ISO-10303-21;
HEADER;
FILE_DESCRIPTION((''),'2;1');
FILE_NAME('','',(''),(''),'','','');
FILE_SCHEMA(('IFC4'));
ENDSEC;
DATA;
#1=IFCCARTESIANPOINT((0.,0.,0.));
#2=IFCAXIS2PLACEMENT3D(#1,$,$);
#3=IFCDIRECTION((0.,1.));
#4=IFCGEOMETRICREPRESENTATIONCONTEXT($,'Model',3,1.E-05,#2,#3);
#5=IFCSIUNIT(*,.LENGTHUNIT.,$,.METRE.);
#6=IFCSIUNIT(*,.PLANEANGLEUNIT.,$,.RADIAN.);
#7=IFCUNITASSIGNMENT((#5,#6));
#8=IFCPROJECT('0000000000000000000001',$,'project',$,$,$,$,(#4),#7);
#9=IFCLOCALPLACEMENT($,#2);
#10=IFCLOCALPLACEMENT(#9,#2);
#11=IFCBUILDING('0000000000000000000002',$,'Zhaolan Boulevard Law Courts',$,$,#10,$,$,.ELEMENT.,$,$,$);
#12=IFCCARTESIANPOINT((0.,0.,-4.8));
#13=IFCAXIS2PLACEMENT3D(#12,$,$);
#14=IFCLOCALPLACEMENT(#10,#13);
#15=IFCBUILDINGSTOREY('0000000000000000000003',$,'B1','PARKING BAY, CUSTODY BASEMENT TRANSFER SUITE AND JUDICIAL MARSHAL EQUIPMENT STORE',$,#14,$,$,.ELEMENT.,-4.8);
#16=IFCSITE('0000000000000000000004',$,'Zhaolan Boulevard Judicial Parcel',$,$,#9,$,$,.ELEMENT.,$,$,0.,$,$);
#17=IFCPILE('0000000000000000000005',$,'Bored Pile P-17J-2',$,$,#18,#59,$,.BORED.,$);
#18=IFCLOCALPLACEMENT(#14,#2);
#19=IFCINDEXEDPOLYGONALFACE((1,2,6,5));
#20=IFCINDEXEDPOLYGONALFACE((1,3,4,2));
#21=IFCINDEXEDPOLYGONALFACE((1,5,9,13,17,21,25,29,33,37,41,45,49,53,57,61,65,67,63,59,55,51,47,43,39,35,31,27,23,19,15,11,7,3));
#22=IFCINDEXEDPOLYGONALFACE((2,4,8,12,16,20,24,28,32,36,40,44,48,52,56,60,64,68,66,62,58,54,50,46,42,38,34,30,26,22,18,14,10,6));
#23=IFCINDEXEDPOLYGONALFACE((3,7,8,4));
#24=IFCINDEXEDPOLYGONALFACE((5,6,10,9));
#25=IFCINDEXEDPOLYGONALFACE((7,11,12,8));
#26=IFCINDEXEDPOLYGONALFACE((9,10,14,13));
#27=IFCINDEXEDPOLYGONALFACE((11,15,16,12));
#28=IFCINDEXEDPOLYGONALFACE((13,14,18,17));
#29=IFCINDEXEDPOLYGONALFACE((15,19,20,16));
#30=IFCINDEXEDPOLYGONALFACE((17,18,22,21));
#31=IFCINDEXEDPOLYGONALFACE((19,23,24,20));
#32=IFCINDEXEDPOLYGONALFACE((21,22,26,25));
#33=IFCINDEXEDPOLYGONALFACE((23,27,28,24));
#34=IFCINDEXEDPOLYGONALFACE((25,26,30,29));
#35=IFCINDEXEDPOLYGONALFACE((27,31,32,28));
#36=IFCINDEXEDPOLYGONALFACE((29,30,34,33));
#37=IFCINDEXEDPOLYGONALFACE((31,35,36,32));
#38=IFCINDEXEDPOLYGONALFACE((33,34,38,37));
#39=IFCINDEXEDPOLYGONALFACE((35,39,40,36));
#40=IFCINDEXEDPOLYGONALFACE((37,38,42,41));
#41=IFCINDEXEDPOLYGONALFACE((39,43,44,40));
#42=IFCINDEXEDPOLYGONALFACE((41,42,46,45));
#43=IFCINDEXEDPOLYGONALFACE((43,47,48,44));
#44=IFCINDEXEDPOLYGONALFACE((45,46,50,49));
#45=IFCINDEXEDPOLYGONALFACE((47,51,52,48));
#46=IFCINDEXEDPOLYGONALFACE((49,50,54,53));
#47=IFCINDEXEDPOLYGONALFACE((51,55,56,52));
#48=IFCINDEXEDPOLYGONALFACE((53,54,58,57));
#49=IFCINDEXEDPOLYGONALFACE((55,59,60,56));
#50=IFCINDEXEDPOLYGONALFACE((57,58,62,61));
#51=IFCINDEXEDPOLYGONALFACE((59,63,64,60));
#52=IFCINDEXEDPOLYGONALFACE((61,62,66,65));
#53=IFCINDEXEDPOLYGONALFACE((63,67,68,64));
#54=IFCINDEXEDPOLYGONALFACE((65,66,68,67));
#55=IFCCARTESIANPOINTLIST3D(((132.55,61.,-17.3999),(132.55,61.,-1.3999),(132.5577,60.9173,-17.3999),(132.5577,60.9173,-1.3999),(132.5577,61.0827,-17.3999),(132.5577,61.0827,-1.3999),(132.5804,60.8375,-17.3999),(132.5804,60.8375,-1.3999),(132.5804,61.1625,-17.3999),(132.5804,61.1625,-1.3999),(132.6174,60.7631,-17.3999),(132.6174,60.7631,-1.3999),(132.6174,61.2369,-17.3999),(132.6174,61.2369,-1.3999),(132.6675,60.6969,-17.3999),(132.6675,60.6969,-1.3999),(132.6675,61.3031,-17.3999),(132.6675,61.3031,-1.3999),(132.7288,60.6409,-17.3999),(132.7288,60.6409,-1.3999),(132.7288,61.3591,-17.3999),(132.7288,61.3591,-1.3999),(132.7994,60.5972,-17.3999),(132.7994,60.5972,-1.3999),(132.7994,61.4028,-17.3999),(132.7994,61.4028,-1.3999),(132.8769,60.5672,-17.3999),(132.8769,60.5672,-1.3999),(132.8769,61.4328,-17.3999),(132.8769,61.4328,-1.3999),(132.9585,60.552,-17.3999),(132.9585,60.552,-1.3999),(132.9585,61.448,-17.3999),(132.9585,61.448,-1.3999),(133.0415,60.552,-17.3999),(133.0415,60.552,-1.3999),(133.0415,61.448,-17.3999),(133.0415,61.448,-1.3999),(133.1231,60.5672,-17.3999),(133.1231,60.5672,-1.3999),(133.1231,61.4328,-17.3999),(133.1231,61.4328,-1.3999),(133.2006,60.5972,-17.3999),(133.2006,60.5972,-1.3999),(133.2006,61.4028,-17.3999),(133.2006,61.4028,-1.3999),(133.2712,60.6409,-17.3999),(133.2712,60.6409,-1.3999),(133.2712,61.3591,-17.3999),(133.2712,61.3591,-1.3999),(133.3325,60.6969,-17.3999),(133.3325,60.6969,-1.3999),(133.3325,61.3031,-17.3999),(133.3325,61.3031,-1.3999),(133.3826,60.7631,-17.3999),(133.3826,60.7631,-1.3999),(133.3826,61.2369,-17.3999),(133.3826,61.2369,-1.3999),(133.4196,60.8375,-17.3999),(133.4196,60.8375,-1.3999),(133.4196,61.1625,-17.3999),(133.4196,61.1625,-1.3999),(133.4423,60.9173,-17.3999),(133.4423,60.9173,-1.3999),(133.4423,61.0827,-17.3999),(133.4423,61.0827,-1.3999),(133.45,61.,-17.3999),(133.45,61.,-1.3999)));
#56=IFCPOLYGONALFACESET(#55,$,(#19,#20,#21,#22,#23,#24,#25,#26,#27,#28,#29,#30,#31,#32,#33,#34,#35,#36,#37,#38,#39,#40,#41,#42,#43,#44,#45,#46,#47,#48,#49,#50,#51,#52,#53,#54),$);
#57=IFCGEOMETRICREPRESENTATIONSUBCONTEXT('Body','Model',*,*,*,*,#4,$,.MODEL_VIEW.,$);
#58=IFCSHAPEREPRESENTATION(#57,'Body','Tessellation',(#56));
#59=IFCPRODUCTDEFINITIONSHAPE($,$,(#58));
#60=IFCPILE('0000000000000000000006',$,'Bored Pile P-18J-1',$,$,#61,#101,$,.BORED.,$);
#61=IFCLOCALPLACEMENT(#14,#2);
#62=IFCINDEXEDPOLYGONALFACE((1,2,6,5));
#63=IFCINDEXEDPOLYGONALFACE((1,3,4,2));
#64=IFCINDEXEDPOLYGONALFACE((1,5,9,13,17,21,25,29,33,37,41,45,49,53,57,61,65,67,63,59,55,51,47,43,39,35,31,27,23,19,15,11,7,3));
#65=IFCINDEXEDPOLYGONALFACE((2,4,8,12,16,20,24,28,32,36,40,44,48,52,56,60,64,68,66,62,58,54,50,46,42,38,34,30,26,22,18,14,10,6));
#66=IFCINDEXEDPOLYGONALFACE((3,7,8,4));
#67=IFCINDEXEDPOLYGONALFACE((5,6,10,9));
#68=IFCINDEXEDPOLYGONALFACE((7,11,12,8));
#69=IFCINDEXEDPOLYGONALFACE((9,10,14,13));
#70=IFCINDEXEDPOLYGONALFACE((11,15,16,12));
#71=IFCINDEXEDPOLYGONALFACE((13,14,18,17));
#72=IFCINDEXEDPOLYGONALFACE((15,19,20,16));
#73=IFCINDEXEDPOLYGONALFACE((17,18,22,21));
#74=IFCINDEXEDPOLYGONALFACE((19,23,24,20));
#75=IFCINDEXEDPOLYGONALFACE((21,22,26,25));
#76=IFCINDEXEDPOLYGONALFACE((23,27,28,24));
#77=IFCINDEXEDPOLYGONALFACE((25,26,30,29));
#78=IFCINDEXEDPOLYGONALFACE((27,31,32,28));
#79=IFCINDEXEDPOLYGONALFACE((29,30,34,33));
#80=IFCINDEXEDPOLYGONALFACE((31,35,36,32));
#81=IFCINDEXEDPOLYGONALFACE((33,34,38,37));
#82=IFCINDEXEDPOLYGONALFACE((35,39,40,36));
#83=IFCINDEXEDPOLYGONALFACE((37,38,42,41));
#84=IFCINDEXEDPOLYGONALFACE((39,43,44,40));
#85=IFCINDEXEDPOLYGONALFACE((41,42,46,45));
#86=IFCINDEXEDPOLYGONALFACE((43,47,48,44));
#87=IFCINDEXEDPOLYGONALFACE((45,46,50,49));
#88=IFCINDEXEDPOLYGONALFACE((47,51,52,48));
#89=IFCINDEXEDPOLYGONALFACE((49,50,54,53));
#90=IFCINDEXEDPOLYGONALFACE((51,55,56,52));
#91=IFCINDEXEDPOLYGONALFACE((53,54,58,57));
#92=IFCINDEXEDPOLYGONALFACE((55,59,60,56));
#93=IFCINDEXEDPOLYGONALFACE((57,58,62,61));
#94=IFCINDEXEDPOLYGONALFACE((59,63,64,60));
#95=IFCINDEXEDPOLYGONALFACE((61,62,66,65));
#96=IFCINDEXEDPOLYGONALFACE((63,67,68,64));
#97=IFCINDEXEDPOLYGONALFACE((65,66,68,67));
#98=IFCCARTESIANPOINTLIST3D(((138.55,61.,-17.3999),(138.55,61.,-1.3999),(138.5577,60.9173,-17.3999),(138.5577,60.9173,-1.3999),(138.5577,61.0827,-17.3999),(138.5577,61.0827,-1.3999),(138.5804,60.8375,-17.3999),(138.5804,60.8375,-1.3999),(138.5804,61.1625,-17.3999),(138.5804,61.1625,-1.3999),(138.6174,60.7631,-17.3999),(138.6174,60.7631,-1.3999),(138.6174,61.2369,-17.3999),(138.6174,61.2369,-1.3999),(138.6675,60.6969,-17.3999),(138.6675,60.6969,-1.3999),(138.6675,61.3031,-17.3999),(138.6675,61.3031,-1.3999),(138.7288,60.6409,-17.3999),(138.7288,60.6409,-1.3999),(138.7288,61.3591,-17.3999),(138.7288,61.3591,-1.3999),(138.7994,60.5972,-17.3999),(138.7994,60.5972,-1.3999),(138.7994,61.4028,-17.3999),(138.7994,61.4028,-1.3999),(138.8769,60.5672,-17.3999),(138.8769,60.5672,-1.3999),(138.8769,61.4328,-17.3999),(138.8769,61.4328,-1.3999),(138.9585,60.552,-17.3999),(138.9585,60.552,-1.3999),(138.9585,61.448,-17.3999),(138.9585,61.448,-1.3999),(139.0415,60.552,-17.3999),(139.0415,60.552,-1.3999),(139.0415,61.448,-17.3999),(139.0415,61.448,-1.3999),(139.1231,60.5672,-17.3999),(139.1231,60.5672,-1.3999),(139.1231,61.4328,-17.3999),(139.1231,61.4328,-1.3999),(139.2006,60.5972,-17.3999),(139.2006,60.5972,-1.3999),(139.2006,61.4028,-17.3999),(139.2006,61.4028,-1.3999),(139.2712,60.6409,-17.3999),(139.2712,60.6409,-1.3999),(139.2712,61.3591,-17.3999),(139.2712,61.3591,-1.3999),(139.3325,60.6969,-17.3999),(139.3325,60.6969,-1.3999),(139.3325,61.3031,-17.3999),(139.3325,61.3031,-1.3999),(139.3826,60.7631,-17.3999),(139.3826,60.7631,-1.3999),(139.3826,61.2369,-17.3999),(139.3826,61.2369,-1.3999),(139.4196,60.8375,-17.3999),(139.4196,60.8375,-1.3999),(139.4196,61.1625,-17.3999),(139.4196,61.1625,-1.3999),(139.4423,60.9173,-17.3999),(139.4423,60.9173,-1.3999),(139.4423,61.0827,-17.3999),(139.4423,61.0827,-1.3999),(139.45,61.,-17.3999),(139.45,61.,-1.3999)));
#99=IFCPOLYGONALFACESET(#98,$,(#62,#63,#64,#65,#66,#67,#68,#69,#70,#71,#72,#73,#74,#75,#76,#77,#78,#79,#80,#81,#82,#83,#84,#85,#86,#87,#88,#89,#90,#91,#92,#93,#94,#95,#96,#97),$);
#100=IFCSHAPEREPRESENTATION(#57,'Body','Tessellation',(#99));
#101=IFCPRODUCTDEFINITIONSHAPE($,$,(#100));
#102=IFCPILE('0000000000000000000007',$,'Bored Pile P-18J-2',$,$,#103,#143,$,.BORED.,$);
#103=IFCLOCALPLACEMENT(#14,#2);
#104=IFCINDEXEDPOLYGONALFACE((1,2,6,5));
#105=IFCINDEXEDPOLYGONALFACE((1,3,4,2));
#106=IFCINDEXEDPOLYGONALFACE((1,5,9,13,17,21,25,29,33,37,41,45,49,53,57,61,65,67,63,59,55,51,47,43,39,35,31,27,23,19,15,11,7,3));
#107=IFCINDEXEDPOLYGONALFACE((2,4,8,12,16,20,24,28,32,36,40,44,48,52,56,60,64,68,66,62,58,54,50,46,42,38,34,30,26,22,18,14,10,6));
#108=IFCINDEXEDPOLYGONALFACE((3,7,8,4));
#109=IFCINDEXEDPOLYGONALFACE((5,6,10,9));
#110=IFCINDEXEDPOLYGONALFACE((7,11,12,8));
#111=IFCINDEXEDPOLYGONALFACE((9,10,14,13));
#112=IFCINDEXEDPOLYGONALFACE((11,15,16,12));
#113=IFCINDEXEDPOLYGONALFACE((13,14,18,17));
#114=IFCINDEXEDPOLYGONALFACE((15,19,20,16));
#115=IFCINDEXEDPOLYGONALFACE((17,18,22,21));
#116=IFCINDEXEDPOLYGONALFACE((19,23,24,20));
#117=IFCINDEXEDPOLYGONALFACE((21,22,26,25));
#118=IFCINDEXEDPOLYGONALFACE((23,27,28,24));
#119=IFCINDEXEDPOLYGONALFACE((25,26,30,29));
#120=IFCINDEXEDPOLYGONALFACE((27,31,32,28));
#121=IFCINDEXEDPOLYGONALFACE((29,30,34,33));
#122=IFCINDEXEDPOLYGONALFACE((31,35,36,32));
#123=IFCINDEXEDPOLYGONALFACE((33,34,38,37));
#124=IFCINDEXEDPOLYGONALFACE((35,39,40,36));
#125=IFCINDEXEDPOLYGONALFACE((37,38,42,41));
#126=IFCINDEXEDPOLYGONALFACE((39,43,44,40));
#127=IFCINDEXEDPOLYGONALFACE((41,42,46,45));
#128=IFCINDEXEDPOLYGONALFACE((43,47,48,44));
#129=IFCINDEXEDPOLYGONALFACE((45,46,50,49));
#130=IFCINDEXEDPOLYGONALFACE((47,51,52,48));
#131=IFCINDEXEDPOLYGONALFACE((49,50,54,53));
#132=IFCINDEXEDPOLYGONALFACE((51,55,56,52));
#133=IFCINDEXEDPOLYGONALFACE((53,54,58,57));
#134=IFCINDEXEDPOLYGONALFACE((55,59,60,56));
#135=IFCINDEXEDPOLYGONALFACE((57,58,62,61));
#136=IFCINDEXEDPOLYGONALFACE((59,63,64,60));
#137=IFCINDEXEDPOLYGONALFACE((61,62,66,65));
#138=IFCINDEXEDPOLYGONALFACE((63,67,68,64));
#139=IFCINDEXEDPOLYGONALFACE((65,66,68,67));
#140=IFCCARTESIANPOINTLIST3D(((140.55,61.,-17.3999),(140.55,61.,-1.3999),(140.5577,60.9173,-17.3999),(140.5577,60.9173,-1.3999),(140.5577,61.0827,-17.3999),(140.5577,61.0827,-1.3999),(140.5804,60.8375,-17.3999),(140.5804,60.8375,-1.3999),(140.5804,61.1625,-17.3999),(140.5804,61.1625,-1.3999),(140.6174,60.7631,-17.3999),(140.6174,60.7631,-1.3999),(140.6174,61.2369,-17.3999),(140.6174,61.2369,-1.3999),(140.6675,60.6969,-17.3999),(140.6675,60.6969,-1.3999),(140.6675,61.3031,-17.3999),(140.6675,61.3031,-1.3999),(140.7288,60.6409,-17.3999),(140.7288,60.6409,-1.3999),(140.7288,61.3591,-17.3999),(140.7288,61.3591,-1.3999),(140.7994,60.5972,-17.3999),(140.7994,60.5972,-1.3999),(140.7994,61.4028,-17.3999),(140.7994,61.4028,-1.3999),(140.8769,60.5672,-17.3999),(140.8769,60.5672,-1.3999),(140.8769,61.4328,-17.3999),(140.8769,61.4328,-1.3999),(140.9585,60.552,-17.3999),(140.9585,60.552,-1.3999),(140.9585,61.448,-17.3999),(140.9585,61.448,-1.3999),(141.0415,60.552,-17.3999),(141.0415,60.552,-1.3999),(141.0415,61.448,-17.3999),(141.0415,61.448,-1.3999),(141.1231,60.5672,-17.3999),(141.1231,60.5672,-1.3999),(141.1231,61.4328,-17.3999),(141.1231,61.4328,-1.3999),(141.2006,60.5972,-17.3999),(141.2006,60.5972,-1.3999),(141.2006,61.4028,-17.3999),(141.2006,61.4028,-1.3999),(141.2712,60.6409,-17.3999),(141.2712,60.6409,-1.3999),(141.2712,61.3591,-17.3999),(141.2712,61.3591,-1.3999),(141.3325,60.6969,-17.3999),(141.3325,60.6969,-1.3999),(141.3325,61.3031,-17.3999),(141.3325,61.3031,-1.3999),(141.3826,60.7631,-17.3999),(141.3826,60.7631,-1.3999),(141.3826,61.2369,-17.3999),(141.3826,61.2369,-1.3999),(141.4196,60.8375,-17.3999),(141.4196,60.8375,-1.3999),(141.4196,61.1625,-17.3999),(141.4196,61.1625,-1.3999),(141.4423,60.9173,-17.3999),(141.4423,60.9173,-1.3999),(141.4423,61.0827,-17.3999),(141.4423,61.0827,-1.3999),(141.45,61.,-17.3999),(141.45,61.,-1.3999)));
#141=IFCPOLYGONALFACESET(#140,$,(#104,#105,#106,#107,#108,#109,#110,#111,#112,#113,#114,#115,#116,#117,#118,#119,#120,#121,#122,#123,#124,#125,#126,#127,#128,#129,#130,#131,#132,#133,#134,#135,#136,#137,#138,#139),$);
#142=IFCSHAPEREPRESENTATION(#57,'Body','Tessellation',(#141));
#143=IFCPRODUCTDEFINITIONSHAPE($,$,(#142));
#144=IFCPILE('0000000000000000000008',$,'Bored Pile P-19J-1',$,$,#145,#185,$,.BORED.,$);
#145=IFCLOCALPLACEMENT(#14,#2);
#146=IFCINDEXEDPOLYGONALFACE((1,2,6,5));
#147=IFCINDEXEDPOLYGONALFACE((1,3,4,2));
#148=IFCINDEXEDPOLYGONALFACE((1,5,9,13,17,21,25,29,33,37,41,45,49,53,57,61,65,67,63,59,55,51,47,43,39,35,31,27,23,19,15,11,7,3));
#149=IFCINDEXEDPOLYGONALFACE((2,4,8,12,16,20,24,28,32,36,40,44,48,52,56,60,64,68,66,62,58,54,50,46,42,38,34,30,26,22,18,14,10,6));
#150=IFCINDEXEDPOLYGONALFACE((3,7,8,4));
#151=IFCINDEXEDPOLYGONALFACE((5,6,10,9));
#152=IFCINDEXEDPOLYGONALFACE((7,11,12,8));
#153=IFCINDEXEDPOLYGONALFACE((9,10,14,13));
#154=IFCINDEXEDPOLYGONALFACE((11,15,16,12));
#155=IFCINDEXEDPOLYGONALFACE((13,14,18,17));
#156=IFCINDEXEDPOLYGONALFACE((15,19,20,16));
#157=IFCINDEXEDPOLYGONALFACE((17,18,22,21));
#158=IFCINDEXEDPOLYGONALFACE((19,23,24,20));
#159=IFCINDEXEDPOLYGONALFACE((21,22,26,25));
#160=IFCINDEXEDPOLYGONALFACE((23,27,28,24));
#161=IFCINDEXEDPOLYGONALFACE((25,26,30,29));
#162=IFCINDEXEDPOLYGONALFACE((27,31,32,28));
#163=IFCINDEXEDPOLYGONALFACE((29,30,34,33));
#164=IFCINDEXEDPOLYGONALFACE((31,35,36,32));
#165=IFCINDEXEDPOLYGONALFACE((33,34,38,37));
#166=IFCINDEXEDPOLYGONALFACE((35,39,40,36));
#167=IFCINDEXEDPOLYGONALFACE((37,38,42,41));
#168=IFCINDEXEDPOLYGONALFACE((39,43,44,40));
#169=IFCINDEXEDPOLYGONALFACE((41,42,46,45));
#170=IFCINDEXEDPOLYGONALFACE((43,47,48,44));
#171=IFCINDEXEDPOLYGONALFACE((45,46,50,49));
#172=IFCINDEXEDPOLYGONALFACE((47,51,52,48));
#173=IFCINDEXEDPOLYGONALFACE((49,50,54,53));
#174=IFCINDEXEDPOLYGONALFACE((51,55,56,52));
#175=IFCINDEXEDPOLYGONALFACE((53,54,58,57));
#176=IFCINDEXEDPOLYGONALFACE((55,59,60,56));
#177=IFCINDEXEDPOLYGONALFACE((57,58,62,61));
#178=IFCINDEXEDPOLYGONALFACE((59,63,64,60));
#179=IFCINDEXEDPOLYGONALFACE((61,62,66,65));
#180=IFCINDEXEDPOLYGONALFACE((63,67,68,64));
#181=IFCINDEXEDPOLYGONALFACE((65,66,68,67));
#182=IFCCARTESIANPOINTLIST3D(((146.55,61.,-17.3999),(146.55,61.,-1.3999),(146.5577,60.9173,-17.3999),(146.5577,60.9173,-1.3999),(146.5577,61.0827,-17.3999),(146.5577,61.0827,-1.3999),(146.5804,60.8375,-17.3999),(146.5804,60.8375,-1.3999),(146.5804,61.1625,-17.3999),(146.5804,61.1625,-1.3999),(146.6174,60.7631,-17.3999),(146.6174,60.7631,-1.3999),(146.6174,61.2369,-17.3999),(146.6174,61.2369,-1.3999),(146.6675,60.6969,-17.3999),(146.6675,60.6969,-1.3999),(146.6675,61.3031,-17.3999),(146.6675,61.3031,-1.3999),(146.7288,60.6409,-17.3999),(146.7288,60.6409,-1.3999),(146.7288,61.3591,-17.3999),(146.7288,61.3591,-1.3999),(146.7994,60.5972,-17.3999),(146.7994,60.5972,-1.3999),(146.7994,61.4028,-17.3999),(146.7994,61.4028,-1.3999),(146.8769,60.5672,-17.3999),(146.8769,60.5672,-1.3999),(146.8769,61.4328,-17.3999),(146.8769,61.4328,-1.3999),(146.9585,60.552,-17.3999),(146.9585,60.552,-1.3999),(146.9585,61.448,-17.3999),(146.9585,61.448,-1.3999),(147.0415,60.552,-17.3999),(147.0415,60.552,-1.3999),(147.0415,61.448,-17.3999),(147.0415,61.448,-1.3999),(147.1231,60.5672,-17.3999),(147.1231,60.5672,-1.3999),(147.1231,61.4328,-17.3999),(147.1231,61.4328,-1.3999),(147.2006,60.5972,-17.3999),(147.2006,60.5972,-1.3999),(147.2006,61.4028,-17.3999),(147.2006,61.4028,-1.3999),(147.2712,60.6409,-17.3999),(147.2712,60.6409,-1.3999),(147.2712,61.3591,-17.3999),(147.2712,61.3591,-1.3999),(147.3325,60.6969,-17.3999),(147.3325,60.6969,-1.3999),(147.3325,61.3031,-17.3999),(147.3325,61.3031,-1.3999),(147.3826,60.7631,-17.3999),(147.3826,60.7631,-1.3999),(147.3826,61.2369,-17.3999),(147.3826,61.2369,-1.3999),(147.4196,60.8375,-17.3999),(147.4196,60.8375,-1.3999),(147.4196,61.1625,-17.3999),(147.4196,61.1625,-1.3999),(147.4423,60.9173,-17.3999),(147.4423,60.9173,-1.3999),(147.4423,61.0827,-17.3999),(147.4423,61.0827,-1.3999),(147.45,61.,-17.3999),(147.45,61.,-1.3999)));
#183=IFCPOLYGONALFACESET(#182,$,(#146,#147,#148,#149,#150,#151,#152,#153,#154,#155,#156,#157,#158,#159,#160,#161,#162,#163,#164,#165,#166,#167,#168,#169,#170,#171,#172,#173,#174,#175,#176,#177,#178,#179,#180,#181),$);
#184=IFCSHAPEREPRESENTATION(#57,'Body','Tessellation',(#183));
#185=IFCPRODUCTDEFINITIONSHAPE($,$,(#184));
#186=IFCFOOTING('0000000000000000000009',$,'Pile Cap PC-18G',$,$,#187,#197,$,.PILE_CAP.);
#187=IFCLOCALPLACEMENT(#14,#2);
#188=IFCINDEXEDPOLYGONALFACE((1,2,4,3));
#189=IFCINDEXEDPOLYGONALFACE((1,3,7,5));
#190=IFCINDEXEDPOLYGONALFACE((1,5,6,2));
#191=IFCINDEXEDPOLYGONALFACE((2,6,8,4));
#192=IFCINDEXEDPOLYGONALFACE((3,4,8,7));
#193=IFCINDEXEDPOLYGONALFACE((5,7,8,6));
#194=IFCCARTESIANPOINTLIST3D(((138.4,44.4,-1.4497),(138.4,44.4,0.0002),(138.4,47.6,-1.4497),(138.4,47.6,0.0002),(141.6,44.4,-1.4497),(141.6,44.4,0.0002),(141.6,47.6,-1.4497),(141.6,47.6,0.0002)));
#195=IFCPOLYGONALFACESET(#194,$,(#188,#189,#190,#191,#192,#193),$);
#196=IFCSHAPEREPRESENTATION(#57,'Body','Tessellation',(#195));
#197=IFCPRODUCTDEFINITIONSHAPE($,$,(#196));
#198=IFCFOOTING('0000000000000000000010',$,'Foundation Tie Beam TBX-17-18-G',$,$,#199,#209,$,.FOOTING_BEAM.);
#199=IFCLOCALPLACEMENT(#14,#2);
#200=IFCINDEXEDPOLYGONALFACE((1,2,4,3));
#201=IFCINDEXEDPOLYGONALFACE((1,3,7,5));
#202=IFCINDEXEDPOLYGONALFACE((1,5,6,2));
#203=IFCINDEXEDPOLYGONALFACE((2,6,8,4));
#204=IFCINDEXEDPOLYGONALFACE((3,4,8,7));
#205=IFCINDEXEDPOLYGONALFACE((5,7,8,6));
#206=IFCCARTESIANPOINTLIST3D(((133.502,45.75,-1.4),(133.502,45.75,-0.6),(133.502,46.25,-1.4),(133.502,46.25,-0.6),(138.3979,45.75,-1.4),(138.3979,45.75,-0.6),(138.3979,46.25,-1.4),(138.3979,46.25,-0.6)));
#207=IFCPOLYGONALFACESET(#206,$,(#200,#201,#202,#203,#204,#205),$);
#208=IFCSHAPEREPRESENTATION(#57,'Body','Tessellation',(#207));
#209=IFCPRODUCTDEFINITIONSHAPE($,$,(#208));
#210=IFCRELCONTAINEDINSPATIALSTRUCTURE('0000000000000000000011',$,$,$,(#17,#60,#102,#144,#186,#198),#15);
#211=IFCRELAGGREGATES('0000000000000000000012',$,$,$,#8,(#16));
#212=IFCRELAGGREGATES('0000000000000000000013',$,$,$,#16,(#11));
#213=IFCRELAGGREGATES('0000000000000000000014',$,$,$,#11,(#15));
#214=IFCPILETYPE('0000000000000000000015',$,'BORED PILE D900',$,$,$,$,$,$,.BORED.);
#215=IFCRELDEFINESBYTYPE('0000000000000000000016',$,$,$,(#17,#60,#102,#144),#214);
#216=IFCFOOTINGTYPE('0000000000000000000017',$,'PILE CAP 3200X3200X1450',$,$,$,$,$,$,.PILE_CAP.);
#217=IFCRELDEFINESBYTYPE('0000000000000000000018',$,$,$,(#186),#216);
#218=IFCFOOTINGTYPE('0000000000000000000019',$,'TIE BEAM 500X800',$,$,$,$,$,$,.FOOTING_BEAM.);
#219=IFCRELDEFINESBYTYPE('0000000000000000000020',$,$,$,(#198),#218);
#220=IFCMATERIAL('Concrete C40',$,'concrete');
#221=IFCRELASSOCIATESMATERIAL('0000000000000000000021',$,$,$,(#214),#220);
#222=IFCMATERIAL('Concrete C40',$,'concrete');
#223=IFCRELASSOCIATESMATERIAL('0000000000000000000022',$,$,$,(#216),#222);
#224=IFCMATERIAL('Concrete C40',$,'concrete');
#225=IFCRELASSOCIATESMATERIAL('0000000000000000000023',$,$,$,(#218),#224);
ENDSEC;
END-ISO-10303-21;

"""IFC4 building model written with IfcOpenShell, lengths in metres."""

from ifc_helpers import new_model, si_unit, direction, frame, origin, origin_2d, place, context, subcontext, project, spatial, rectangle, circle, extrude, material, material_profile, profile_set, type_object, element, save


model = new_model("IFC4")

# Units and contexts
model_context = context("Model", 3, precision=1e-05, world=origin(), true_north=direction((0.0, 1.0)))
body_context = subcontext(model_context, "Body", "Model", "MODEL_VIEW")
ifc_project = project(units=[si_unit("LENGTHUNIT", "METRE"), si_unit("PLANEANGLEUNIT", "RADIAN")], contexts=[model_context])

# Site, building, storey
site_placement = place(None, origin())
site = spatial("IfcSite", under=ifc_project, at=site_placement, Name="Zhaolan Boulevard Judicial Parcel", CompositionType="ELEMENT", RefElevation=0.0)
building_placement = place(site_placement, origin())
building = spatial("IfcBuilding", under=site, at=building_placement, Name="Zhaolan Boulevard Law Courts", CompositionType="ELEMENT")
storey_placement = place(building_placement, frame((0.0, 0.0, -4.8)))
storey = spatial("IfcBuildingStorey", under=building, at=storey_placement, Name="B1", Description="PARKING BAY, CUSTODY BASEMENT TRANSFER SUITE AND JUDICIAL MARSHAL EQUIPMENT STORE", CompositionType="ELEMENT", Elevation=-4.8)

# Piles
ifc_material_1 = material(Name="Concrete C40", Category="concrete")
ifc_material_profile_1 = material_profile(ifc_material_1, circle(Radius=0.45, at=origin_2d()), Name="PILE-D900")
ifc_profile_set_1 = profile_set([ifc_material_profile_1], Name="Concrete C40")
pile_type_1 = type_object("IfcPileType", Name="BORED PILE D900", PredefinedType="BORED", material=ifc_profile_set_1)
for number, where, z_axis, x_axis, name in (
    (1, (133.0, 61.0, -1.3999), (0.0, 0.0, -1.0), (1.0, 0.0, 0.0), "Bored Pile P-17J-2"),
    (2, (139.0, 61.0, -1.3999), (0.0, 0.0, -1.0), (1.0, 0.0, 0.0), "Bored Pile P-18J-1"),
    (3, (141.0, 61.0, -1.3999), (0.0, 0.0, -1.0), (1.0, 0.0, 0.0), "Bored Pile P-18J-2"),
    (4, (147.0, 61.0, -1.3999), (0.0, 0.0, -1.0), (1.0, 0.0, 0.0), "Bored Pile P-19J-1"),
):
    element("IfcPile", number, at=place(storey_placement, frame(where, z_axis=z_axis, x_axis=x_axis)), inside=storey, type_object=pile_type_1, Name=name, PredefinedType="BORED", context=body_context, shape_type="SweptSolid", body=[
        extrude(circle(Radius=0.45, at=origin_2d()), origin(), (0.0, 0.0, 1.0), 16.0),
    ])

# Footings
ifc_material_2 = material(Name="Concrete C40", Category="concrete")
footing_type_1 = type_object("IfcFootingType", Name="PILE CAP 3200X3200X1450", PredefinedType="PILE_CAP", material=ifc_material_2)
footing_1_placement = place(storey_placement, frame((140.0, 46.0, -1.4497), z_axis=(0.0, 0.0, 1.0), x_axis=(1.0, 0.0, 0.0)))
element("IfcFooting", 5, at=footing_1_placement, inside=storey, type_object=footing_type_1, Name="Pile Cap PC-18G", PredefinedType="PILE_CAP", context=body_context, shape_type="SweptSolid", body=[
    extrude(rectangle(XDim=3.2, YDim=3.2, at=origin_2d()), origin(), (0.0, 0.0, 1.0), 1.45),
])
ifc_material_3 = material(Name="Concrete C40", Category="concrete")
ifc_material_profile_2 = material_profile(ifc_material_3, rectangle(XDim=0.5, YDim=0.8, at=origin_2d()), Name="RC500x800")
ifc_profile_set_2 = profile_set([ifc_material_profile_2], Name="Concrete C40")
footing_type_2 = type_object("IfcFootingType", Name="TIE BEAM 500X800", PredefinedType="FOOTING_BEAM", material=ifc_profile_set_2)
for number, where, z_axis, x_axis, name in (
    (6, (133.502, 46.0, -1.0), (1.0, 0.0, 0.0), (0.0, 1.0, 0.0), "Foundation Tie Beam TBX-17-18-G"),
):
    element("IfcFooting", number, at=place(storey_placement, frame(where, z_axis=z_axis, x_axis=x_axis)), inside=storey, type_object=footing_type_2, Name=name, PredefinedType="FOOTING_BEAM", context=body_context, shape_type="SweptSolid", body=[
        extrude(rectangle(XDim=0.5, YDim=0.8, at=origin_2d()), origin(), (0.0, 0.0, 1.0), 4.896),
    ])

save(model, "model.ifc")
